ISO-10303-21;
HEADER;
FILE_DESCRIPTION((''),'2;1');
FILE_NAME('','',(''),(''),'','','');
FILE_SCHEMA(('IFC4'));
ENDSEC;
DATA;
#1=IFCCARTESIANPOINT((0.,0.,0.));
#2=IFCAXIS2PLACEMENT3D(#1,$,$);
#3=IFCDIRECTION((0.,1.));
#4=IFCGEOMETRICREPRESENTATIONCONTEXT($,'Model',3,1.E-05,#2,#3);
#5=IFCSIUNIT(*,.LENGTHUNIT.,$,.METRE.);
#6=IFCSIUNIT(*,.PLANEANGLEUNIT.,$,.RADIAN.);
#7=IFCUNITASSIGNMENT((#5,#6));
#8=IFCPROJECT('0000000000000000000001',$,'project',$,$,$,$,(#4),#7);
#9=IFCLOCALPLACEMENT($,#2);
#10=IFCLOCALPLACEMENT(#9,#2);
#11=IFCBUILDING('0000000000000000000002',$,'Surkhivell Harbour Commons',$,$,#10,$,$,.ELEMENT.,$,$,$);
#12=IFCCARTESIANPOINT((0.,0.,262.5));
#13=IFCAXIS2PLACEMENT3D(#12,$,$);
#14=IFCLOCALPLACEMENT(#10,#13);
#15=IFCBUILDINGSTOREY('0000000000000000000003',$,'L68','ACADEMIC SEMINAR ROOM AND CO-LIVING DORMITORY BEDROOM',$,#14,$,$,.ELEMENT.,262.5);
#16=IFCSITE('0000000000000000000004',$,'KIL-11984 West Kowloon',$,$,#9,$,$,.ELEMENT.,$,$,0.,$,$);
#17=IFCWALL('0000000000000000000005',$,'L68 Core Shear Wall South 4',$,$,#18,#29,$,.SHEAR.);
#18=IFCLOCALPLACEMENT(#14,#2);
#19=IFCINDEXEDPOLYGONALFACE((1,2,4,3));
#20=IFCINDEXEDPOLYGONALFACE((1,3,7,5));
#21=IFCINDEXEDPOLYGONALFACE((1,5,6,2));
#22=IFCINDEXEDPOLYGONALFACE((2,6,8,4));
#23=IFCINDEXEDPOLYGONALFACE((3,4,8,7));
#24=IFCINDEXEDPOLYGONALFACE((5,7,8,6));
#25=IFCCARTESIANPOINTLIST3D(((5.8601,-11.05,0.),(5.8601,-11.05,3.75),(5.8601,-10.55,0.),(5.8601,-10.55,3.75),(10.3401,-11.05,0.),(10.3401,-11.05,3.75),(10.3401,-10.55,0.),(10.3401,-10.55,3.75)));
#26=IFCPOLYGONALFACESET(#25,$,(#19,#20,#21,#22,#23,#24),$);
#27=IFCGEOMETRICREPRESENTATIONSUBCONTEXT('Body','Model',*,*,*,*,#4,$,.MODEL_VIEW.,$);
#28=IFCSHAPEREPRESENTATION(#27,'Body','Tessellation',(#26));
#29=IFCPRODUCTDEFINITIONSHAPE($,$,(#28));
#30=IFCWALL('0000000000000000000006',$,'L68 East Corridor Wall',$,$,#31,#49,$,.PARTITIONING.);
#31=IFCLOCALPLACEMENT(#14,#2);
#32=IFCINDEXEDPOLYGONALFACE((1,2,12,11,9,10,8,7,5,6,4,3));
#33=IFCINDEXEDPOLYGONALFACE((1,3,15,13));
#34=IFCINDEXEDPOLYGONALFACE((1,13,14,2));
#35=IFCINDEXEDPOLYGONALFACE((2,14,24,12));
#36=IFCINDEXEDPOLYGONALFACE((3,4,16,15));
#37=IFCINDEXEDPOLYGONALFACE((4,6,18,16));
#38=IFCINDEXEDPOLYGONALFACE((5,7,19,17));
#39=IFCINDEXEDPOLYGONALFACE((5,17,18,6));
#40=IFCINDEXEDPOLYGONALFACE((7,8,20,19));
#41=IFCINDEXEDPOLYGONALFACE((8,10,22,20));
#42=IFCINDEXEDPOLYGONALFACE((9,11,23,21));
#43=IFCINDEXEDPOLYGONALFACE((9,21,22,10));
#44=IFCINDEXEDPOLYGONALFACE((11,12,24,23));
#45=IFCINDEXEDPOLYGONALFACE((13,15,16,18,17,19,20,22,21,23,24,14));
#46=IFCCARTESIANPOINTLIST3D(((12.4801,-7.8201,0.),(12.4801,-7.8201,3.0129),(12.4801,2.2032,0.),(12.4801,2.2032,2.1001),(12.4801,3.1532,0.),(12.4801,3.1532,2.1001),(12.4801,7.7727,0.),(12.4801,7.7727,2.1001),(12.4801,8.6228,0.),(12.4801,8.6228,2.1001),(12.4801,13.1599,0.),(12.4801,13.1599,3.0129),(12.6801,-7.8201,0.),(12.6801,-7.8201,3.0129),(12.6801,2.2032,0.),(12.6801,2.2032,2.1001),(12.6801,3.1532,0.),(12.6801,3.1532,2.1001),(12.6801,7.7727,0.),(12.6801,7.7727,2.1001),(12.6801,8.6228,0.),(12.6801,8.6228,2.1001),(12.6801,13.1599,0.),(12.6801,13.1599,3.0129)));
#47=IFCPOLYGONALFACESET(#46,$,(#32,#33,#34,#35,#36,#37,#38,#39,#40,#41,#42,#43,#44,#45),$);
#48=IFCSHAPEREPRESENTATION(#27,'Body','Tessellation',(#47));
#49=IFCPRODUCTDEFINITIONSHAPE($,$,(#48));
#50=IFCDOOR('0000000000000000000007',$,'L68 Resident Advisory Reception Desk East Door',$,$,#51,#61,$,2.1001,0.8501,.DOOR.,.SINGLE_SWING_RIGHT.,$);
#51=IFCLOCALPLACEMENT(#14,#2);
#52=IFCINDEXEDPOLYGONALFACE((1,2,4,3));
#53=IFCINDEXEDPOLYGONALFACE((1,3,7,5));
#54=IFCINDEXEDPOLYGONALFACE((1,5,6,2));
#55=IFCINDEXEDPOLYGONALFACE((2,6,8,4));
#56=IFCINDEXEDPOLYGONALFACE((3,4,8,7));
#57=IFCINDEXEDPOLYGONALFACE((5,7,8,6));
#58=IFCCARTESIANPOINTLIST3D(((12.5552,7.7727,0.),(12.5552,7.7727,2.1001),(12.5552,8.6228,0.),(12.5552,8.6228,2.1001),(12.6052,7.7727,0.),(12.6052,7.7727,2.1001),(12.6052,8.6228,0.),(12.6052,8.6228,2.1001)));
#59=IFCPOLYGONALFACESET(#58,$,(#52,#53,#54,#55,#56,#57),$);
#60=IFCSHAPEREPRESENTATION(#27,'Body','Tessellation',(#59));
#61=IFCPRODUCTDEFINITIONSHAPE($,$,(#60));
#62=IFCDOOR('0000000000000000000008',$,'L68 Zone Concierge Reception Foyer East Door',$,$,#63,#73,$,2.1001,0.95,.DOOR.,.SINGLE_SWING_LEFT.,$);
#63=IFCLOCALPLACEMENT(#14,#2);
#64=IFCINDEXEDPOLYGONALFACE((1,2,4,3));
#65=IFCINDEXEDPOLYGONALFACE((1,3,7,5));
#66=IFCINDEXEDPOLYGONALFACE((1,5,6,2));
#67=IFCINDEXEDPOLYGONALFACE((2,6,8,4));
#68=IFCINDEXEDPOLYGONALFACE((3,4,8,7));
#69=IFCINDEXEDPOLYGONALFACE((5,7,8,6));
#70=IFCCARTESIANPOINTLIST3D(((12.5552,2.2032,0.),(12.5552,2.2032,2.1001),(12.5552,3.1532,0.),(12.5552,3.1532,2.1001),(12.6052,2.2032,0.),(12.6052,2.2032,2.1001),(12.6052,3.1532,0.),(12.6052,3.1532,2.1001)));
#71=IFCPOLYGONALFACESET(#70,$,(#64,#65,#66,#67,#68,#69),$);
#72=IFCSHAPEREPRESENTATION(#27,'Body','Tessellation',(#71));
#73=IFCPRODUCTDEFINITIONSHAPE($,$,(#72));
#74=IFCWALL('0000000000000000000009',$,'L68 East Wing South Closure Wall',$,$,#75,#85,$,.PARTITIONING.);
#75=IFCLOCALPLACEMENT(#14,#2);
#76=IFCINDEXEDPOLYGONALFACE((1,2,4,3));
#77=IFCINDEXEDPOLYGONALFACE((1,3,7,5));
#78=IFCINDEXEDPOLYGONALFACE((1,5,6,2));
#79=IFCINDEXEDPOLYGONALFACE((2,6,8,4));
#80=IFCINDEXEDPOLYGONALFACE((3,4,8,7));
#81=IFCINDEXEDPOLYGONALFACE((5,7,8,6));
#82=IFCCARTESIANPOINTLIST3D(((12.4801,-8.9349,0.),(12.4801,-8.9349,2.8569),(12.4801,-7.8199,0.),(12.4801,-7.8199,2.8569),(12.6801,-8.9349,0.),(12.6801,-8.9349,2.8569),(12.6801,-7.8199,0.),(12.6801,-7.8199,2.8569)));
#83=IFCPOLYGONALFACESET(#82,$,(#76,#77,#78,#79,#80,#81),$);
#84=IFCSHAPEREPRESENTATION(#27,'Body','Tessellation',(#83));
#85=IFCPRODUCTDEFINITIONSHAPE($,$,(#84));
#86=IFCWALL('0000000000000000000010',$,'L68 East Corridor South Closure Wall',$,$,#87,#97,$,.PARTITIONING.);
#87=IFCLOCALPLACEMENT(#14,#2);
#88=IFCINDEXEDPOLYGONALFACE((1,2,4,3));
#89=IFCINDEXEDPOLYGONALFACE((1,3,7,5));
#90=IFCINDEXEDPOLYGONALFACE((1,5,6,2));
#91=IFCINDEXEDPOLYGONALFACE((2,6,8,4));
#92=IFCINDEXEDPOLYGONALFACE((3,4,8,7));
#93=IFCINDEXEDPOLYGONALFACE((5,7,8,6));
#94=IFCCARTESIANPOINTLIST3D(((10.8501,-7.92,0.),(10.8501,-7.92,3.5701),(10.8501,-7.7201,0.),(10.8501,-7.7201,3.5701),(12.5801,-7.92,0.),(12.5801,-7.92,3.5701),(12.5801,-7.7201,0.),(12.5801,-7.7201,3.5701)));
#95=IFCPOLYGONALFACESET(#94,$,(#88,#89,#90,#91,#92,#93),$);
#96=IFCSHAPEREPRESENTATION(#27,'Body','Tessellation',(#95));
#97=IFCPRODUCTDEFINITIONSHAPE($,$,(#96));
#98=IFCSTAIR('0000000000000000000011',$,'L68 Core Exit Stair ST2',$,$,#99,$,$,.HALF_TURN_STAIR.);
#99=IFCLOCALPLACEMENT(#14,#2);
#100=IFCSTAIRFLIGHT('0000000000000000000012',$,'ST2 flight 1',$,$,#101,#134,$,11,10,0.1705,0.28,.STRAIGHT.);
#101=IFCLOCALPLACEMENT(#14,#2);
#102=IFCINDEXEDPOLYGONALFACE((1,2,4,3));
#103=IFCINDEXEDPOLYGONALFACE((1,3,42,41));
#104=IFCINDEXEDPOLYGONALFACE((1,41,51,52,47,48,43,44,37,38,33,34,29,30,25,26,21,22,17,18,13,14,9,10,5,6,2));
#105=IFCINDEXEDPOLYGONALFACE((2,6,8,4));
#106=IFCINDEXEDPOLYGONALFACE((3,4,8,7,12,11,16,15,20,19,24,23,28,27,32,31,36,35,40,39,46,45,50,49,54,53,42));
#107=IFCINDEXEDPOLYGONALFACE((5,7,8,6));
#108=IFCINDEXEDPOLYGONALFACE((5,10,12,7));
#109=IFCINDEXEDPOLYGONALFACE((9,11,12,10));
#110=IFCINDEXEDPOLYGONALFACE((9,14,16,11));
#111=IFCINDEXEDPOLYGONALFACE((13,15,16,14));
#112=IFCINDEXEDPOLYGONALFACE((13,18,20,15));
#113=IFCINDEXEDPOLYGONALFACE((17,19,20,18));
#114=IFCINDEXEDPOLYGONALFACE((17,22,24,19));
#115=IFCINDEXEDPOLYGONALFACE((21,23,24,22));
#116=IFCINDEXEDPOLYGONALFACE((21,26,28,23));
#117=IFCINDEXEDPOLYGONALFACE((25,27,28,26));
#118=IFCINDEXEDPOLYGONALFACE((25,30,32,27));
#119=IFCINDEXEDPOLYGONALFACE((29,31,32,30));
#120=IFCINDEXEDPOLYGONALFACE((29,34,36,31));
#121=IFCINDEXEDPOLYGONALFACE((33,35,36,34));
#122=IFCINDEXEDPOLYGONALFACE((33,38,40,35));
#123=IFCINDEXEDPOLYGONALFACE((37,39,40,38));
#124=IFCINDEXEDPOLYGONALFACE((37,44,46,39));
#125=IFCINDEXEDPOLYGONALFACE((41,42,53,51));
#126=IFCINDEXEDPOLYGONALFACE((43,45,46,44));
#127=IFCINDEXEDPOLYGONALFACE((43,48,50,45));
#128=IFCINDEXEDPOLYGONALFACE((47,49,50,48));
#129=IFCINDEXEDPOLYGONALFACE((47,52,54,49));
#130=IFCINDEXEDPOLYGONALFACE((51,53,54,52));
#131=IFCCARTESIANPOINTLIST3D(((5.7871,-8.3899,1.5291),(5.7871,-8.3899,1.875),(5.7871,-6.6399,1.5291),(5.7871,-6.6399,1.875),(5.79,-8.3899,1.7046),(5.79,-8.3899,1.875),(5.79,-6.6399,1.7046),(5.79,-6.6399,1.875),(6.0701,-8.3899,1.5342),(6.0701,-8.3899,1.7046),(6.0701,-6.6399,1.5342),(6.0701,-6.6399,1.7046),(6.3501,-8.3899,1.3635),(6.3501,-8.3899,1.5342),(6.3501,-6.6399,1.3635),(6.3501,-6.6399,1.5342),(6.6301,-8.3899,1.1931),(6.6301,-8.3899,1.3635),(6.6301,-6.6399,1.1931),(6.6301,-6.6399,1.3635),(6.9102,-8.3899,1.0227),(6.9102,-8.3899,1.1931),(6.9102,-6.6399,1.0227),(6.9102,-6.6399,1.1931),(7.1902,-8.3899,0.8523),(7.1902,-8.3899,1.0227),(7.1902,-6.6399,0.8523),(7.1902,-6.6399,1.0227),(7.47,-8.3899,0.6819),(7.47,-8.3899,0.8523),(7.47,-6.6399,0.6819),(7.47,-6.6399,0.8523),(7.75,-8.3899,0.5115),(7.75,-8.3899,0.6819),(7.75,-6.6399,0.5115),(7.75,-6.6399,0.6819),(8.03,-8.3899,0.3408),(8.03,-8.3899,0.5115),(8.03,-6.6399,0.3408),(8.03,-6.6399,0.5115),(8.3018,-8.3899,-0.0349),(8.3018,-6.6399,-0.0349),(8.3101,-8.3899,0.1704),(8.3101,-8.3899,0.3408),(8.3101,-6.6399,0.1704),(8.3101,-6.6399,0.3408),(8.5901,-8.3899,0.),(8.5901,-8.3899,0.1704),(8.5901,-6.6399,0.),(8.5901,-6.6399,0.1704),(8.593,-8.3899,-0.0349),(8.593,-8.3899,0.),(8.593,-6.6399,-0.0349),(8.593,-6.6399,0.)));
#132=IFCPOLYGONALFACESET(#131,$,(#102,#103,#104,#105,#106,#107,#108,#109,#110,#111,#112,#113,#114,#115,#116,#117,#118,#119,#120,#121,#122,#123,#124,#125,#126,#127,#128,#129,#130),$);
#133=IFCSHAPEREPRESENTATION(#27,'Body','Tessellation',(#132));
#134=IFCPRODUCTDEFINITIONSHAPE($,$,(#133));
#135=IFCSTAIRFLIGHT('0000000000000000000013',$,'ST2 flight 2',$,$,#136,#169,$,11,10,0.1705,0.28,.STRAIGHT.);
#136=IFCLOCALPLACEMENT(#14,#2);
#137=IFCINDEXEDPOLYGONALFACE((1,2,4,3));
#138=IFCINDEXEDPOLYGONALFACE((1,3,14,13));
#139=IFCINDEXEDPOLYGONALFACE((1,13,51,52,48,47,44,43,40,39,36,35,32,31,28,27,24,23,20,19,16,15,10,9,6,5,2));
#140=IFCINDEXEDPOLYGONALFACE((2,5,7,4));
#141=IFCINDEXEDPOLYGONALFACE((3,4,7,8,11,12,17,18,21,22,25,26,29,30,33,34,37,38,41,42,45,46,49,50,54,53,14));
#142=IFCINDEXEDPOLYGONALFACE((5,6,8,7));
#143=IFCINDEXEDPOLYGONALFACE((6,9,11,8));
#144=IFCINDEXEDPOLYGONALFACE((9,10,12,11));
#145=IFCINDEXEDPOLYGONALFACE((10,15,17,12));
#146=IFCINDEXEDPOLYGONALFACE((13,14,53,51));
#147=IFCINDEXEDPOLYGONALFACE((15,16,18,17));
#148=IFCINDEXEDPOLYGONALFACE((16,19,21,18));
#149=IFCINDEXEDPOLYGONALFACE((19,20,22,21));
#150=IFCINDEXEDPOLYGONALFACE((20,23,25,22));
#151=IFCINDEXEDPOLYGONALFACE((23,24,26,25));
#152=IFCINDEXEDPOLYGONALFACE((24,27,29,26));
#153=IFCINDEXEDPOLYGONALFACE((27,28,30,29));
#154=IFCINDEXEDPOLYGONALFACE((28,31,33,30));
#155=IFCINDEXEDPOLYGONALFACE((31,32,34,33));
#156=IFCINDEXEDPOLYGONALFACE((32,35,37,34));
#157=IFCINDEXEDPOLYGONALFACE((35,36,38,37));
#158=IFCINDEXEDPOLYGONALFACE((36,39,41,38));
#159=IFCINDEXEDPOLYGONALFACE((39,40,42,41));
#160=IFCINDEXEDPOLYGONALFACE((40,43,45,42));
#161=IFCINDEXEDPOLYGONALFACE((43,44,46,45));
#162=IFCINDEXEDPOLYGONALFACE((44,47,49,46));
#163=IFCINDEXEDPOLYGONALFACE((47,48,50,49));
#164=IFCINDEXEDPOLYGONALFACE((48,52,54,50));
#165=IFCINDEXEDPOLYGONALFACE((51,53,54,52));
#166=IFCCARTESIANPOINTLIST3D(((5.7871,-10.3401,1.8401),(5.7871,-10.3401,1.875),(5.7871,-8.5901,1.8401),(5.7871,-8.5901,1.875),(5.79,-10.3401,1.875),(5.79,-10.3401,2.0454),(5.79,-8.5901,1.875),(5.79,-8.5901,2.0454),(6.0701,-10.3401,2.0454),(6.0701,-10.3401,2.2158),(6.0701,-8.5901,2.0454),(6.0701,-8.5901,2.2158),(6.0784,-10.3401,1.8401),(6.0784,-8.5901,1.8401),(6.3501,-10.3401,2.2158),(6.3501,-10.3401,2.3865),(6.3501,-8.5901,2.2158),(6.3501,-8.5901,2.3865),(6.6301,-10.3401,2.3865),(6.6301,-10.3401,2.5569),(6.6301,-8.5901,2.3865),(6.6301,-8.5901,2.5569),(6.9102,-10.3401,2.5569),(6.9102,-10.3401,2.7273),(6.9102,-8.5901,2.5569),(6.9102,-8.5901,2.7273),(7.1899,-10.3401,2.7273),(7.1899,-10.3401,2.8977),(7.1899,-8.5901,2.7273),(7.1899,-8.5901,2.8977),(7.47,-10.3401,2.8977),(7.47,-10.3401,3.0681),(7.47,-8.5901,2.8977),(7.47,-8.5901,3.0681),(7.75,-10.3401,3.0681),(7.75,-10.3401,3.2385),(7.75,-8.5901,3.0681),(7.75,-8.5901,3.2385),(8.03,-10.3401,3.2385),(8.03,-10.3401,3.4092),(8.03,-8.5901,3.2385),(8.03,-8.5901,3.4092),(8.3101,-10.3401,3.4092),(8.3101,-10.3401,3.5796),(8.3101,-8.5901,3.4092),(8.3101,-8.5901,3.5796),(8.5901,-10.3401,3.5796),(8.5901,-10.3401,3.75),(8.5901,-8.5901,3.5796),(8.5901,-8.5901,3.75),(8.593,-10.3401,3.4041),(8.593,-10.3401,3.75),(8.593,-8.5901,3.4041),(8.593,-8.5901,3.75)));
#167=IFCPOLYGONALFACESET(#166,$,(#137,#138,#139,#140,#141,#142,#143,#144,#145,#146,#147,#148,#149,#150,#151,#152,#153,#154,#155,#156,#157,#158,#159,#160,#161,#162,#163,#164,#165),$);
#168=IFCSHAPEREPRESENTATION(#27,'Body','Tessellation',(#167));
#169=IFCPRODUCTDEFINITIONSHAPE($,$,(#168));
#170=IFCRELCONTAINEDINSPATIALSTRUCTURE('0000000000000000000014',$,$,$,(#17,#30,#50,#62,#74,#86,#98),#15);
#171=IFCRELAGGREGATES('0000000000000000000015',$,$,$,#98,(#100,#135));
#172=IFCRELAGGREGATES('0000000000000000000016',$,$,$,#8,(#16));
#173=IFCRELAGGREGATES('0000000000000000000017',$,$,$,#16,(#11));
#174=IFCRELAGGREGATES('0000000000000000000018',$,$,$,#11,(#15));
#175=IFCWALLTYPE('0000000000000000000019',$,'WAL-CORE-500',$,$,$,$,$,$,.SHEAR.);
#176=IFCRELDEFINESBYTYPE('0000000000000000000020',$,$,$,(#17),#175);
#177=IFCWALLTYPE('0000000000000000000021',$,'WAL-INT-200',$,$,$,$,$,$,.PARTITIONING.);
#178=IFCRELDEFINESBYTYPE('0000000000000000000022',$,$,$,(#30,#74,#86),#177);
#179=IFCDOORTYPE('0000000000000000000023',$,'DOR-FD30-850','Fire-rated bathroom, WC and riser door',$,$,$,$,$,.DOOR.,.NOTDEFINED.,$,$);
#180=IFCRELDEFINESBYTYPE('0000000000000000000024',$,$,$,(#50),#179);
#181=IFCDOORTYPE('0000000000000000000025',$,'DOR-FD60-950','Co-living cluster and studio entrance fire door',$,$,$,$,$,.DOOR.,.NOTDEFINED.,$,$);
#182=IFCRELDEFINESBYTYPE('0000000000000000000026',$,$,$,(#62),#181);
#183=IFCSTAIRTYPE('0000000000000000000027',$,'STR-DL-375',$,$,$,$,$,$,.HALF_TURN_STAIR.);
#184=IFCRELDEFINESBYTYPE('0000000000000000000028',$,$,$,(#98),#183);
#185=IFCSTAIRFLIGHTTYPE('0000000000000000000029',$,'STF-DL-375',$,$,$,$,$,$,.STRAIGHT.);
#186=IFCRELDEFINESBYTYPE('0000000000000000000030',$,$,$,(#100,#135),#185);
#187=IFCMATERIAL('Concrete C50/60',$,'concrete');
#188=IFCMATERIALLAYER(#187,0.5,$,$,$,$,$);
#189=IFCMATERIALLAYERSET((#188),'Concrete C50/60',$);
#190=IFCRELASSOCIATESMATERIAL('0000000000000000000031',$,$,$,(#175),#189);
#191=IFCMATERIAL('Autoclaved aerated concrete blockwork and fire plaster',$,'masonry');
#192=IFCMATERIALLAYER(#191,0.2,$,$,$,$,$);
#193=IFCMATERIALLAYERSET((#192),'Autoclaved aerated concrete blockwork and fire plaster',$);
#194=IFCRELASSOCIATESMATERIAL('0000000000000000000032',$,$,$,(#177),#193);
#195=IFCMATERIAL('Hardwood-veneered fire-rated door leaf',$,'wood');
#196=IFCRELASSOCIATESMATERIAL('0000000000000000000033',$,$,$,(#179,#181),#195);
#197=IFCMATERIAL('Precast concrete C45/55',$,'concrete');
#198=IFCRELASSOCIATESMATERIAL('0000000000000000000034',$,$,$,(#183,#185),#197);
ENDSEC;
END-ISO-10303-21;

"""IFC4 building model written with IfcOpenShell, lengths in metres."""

from ifc_helpers import new_model, si_unit, direction, frame, frame_2d, origin, place, context, subcontext, project, spatial, polyline, rectangle, outline, extrude, material, layer, layer_set, type_object, element, fill, aggregate, save


model = new_model("IFC4")

# Units and contexts
model_context = context("Model", 3, precision=1e-05, world=origin(), true_north=direction((0.0, 1.0)))
body_context = subcontext(model_context, "Body", "Model", "MODEL_VIEW")
ifc_project = project(units=[si_unit("LENGTHUNIT", "METRE"), si_unit("PLANEANGLEUNIT", "RADIAN")], contexts=[model_context])

# Site, building, storey
site_placement = place(None, origin())
site = spatial("IfcSite", under=ifc_project, at=site_placement, Name="KIL-11984 West Kowloon", CompositionType="ELEMENT", RefElevation=0.0)
building_placement = place(site_placement, origin())
building = spatial("IfcBuilding", under=site, at=building_placement, Name="Surkhivell Harbour Commons", CompositionType="ELEMENT")
storey_placement = place(building_placement, frame((0.0, 0.0, 262.5)))
storey = spatial("IfcBuildingStorey", under=building, at=storey_placement, Name="L68", Description="ACADEMIC SEMINAR ROOM AND CO-LIVING DORMITORY BEDROOM", CompositionType="ELEMENT", Elevation=262.5)

# Wall
ifc_material_1 = material(Name="Concrete C50/60", Category="concrete")
ifc_layer_1 = layer(ifc_material_1, 0.5)
ifc_layer_set_1 = layer_set([ifc_layer_1], Name="Concrete C50/60")
wall_type_1 = type_object("IfcWallType", Name="WAL-CORE-500", PredefinedType="SHEAR", material=ifc_layer_set_1)
for number, where, z_axis, x_axis, name in (
    (1, (5.8601, -10.8, 0.0), (0.0, 0.0, 1.0), (1.0, 0.0, 0.0), "L68 Core Shear Wall South 4"),
):
    element("IfcWall", number, at=place(storey_placement, frame(where, z_axis=z_axis, x_axis=x_axis)), inside=storey, type_object=wall_type_1, Name=name, PredefinedType="SHEAR", context=body_context, shape_type="SweptSolid", body=[
        extrude(rectangle(XDim=4.48, YDim=0.5, at=frame_2d((2.24, 0.0))), origin(), (0.0, 0.0, 1.0), 3.75),
    ])

# Wall, openings, doors
ifc_material_2 = material(Name="Autoclaved aerated concrete blockwork and fire plaster", Category="masonry")
ifc_layer_2 = layer(ifc_material_2, 0.2)
ifc_layer_set_2 = layer_set([ifc_layer_2], Name="Autoclaved aerated concrete blockwork and fire plaster")
wall_type_2 = type_object("IfcWallType", Name="WAL-INT-200", PredefinedType="PARTITIONING", material=ifc_layer_set_2)
wall_1_placement = place(storey_placement, frame((12.5801, -7.8201, 0.0), z_axis=(0.0, 0.0, 1.0), x_axis=(0.0, 1.0, 0.0)))
wall_1 = element("IfcWall", 2, at=wall_1_placement, inside=storey, type_object=wall_type_2, Name="L68 East Corridor Wall", PredefinedType="PARTITIONING", context=body_context, shape_type="SweptSolid", body=[
    extrude(rectangle(XDim=20.98, YDim=0.2, at=frame_2d((10.49, 0.0))), origin(), (0.0, 0.0, 1.0), 3.0129),
])
opening_1_placement = place(wall_1_placement, frame((10.0232, 0.0, 0.0)))
opening_1 = element("IfcOpeningElement", 3, at=opening_1_placement, cuts=wall_1, PredefinedType="OPENING", context=body_context, shape_type="SweptSolid", body=[
    extrude(rectangle(XDim=0.95, YDim=2.1001, at=frame_2d((0.4751, 1.05))), frame((0.0, 0.1099, 0.0), z_axis=(0.0, -1.0, 0.0), x_axis=(1.0, 0.0, 0.0)), (0.0, 0.0, 1.0), 0.22),
])
opening_2_placement = place(wall_1_placement, frame((15.5928, 0.0, 0.0)))
opening_2 = element("IfcOpeningElement", 4, at=opening_2_placement, cuts=wall_1, PredefinedType="OPENING", context=body_context, shape_type="SweptSolid", body=[
    extrude(rectangle(XDim=0.8501, YDim=2.1001, at=frame_2d((0.425, 1.05))), frame((0.0, 0.1099, 0.0), z_axis=(0.0, -1.0, 0.0), x_axis=(1.0, 0.0, 0.0)), (0.0, 0.0, 1.0), 0.22),
])
ifc_material_3 = material(Name="Hardwood-veneered fire-rated door leaf", Category="wood")
door_type_1 = type_object("IfcDoorType", Name="DOR-FD30-850", Description="Fire-rated bathroom, WC and riser door", OperationType="NOTDEFINED", PredefinedType="DOOR", material=ifc_material_3)
door_1_placement = place(opening_2_placement, origin())
door_1 = element("IfcDoor", 5, at=door_1_placement, inside=storey, type_object=door_type_1, Name="L68 Resident Advisory Reception Desk East Door", OperationType="SINGLE_SWING_RIGHT", OverallHeight=2.1001, OverallWidth=0.8501, PredefinedType="DOOR", context=body_context, shape_type="SweptSolid", body=[
    extrude(rectangle(XDim=0.8501, YDim=2.1001, at=frame_2d((0.425, 1.05))), frame((0.0, 0.0249, 0.0), z_axis=(0.0, -1.0, 0.0), x_axis=(1.0, 0.0, 0.0)), (0.0, 0.0, 1.0), 0.05),
])
fill(opening_2, door_1)
door_type_2 = type_object("IfcDoorType", Name="DOR-FD60-950", Description="Co-living cluster and studio entrance fire door", OperationType="NOTDEFINED", PredefinedType="DOOR", material=ifc_material_3)
door_2_placement = place(opening_1_placement, origin())
door_2 = element("IfcDoor", 6, at=door_2_placement, inside=storey, type_object=door_type_2, Name="L68 Zone Concierge Reception Foyer East Door", OperationType="SINGLE_SWING_LEFT", OverallHeight=2.1001, OverallWidth=0.95, PredefinedType="DOOR", context=body_context, shape_type="SweptSolid", body=[
    extrude(rectangle(XDim=0.95, YDim=2.1001, at=frame_2d((0.4751, 1.05))), frame((0.0, 0.0249, 0.0), z_axis=(0.0, -1.0, 0.0), x_axis=(1.0, 0.0, 0.0)), (0.0, 0.0, 1.0), 0.05),
])
fill(opening_1, door_2)

# Walls
wall_2_placement = place(storey_placement, frame((12.5801, -8.9351, 0.0), z_axis=(0.0, 0.0, 1.0), x_axis=(0.0, 1.0, 0.0)))
element("IfcWall", 7, at=wall_2_placement, inside=storey, type_object=wall_type_2, Name="L68 East Wing South Closure Wall", PredefinedType="PARTITIONING", context=body_context, shape_type="SweptSolid", body=[
    extrude(rectangle(XDim=1.115, YDim=0.2, at=frame_2d((0.5576, 0.0))), origin(), (0.0, 0.0, 1.0), 2.8569),
])
wall_3_placement = place(storey_placement, frame((10.8501, -7.8201, 0.0), z_axis=(0.0, 0.0, 1.0), x_axis=(1.0, 0.0, 0.0)))
element("IfcWall", 8, at=wall_3_placement, inside=storey, type_object=wall_type_2, Name="L68 East Corridor South Closure Wall", PredefinedType="PARTITIONING", context=body_context, shape_type="SweptSolid", body=[
    extrude(rectangle(XDim=1.73, YDim=0.2, at=frame_2d((0.865, 0.0))), origin(), (0.0, 0.0, 1.0), 3.5701),
])

# Stair, stair flights
ifc_material_4 = material(Name="Precast concrete C45/55", Category="concrete")
stair_type = type_object("IfcStairType", Name="STR-DL-375", PredefinedType="HALF_TURN_STAIR", material=ifc_material_4)
stair_placement = place(storey_placement, origin())
stair = element("IfcStair", 9, at=stair_placement, inside=storey, type_object=stair_type, Name="L68 Core Exit Stair ST2", PredefinedType="HALF_TURN_STAIR")
stair_flight_type = type_object("IfcStairFlightType", Name="STF-DL-375", PredefinedType="STRAIGHT", material=ifc_material_4)
stair_flight_1_placement = place(storey_placement, frame((8.5901, -7.5149, 0.0), z_axis=(0.0, 0.0, 1.0), x_axis=(-1.0, 0.0, 0.0)))
stair_flight_1 = element("IfcStairFlight", 10, at=stair_flight_1_placement, type_object=stair_flight_type, Name="ST2 flight 1", NumberOfRisers=11, NumberOfTreads=10, PredefinedType="STRAIGHT", RiserHeight=0.1705, TreadLength=0.28, context=body_context, shape_type="SweptSolid", body=[
    extrude(outline(polyline([(-0.0029, -0.0349), (-0.0029, 0.0), (0.0, 0.0), (0.0, 0.1704), (0.28, 0.1704), (0.28, 0.3408), (0.5601, 0.3408), (0.5601, 0.5115), (0.8401, 0.5115), (0.8401, 0.6819), (1.1201, 0.6819), (1.1201, 0.8523), (1.3999, 0.8523), (1.3999, 1.0227), (1.6799, 1.0227), (1.6799, 1.1931), (1.96, 1.1931), (1.96, 1.3635), (2.24, 1.3635), (2.24, 1.5342), (2.52, 1.5342), (2.52, 1.7046), (2.8, 1.7046), (2.8, 1.875), (2.803, 1.875), (2.803, 1.5291), (0.2883, -0.0349), (-0.0029, -0.0349)])), frame((0.0, 0.875, 0.0), z_axis=(0.0, -1.0, 0.0), x_axis=(1.0, 0.0, 0.0)), (0.0, 0.0, 1.0), 1.75),
])
stair_flight_2_placement = place(storey_placement, frame((5.79, -9.4651, 1.875), z_axis=(0.0, 0.0, 1.0), x_axis=(1.0, 0.0, 0.0)))
stair_flight_2 = element("IfcStairFlight", 11, at=stair_flight_2_placement, type_object=stair_flight_type, Name="ST2 flight 2", NumberOfRisers=11, NumberOfTreads=10, PredefinedType="STRAIGHT", RiserHeight=0.1705, TreadLength=0.28, context=body_context, shape_type="SweptSolid", body=[
    extrude(outline(polyline([(-0.0029, -0.0349), (-0.0029, 0.0), (0.0, 0.0), (0.0, 0.1704), (0.28, 0.1704), (0.28, 0.3408), (0.5601, 0.3408), (0.5601, 0.5115), (0.8401, 0.5115), (0.8401, 0.6819), (1.1201, 0.6819), (1.1201, 0.8523), (1.3999, 0.8523), (1.3999, 1.0227), (1.6799, 1.0227), (1.6799, 1.1931), (1.96, 1.1931), (1.96, 1.3635), (2.24, 1.3635), (2.24, 1.5342), (2.52, 1.5342), (2.52, 1.7046), (2.8, 1.7046), (2.8, 1.875), (2.803, 1.875), (2.803, 1.5291), (0.2883, -0.0349), (-0.0029, -0.0349)])), frame((0.0, 0.875, 0.0), z_axis=(0.0, -1.0, 0.0), x_axis=(1.0, 0.0, 0.0)), (0.0, 0.0, 1.0), 1.75),
])
aggregate(stair, [stair_flight_1, stair_flight_2])

save(model, "model.ifc")
